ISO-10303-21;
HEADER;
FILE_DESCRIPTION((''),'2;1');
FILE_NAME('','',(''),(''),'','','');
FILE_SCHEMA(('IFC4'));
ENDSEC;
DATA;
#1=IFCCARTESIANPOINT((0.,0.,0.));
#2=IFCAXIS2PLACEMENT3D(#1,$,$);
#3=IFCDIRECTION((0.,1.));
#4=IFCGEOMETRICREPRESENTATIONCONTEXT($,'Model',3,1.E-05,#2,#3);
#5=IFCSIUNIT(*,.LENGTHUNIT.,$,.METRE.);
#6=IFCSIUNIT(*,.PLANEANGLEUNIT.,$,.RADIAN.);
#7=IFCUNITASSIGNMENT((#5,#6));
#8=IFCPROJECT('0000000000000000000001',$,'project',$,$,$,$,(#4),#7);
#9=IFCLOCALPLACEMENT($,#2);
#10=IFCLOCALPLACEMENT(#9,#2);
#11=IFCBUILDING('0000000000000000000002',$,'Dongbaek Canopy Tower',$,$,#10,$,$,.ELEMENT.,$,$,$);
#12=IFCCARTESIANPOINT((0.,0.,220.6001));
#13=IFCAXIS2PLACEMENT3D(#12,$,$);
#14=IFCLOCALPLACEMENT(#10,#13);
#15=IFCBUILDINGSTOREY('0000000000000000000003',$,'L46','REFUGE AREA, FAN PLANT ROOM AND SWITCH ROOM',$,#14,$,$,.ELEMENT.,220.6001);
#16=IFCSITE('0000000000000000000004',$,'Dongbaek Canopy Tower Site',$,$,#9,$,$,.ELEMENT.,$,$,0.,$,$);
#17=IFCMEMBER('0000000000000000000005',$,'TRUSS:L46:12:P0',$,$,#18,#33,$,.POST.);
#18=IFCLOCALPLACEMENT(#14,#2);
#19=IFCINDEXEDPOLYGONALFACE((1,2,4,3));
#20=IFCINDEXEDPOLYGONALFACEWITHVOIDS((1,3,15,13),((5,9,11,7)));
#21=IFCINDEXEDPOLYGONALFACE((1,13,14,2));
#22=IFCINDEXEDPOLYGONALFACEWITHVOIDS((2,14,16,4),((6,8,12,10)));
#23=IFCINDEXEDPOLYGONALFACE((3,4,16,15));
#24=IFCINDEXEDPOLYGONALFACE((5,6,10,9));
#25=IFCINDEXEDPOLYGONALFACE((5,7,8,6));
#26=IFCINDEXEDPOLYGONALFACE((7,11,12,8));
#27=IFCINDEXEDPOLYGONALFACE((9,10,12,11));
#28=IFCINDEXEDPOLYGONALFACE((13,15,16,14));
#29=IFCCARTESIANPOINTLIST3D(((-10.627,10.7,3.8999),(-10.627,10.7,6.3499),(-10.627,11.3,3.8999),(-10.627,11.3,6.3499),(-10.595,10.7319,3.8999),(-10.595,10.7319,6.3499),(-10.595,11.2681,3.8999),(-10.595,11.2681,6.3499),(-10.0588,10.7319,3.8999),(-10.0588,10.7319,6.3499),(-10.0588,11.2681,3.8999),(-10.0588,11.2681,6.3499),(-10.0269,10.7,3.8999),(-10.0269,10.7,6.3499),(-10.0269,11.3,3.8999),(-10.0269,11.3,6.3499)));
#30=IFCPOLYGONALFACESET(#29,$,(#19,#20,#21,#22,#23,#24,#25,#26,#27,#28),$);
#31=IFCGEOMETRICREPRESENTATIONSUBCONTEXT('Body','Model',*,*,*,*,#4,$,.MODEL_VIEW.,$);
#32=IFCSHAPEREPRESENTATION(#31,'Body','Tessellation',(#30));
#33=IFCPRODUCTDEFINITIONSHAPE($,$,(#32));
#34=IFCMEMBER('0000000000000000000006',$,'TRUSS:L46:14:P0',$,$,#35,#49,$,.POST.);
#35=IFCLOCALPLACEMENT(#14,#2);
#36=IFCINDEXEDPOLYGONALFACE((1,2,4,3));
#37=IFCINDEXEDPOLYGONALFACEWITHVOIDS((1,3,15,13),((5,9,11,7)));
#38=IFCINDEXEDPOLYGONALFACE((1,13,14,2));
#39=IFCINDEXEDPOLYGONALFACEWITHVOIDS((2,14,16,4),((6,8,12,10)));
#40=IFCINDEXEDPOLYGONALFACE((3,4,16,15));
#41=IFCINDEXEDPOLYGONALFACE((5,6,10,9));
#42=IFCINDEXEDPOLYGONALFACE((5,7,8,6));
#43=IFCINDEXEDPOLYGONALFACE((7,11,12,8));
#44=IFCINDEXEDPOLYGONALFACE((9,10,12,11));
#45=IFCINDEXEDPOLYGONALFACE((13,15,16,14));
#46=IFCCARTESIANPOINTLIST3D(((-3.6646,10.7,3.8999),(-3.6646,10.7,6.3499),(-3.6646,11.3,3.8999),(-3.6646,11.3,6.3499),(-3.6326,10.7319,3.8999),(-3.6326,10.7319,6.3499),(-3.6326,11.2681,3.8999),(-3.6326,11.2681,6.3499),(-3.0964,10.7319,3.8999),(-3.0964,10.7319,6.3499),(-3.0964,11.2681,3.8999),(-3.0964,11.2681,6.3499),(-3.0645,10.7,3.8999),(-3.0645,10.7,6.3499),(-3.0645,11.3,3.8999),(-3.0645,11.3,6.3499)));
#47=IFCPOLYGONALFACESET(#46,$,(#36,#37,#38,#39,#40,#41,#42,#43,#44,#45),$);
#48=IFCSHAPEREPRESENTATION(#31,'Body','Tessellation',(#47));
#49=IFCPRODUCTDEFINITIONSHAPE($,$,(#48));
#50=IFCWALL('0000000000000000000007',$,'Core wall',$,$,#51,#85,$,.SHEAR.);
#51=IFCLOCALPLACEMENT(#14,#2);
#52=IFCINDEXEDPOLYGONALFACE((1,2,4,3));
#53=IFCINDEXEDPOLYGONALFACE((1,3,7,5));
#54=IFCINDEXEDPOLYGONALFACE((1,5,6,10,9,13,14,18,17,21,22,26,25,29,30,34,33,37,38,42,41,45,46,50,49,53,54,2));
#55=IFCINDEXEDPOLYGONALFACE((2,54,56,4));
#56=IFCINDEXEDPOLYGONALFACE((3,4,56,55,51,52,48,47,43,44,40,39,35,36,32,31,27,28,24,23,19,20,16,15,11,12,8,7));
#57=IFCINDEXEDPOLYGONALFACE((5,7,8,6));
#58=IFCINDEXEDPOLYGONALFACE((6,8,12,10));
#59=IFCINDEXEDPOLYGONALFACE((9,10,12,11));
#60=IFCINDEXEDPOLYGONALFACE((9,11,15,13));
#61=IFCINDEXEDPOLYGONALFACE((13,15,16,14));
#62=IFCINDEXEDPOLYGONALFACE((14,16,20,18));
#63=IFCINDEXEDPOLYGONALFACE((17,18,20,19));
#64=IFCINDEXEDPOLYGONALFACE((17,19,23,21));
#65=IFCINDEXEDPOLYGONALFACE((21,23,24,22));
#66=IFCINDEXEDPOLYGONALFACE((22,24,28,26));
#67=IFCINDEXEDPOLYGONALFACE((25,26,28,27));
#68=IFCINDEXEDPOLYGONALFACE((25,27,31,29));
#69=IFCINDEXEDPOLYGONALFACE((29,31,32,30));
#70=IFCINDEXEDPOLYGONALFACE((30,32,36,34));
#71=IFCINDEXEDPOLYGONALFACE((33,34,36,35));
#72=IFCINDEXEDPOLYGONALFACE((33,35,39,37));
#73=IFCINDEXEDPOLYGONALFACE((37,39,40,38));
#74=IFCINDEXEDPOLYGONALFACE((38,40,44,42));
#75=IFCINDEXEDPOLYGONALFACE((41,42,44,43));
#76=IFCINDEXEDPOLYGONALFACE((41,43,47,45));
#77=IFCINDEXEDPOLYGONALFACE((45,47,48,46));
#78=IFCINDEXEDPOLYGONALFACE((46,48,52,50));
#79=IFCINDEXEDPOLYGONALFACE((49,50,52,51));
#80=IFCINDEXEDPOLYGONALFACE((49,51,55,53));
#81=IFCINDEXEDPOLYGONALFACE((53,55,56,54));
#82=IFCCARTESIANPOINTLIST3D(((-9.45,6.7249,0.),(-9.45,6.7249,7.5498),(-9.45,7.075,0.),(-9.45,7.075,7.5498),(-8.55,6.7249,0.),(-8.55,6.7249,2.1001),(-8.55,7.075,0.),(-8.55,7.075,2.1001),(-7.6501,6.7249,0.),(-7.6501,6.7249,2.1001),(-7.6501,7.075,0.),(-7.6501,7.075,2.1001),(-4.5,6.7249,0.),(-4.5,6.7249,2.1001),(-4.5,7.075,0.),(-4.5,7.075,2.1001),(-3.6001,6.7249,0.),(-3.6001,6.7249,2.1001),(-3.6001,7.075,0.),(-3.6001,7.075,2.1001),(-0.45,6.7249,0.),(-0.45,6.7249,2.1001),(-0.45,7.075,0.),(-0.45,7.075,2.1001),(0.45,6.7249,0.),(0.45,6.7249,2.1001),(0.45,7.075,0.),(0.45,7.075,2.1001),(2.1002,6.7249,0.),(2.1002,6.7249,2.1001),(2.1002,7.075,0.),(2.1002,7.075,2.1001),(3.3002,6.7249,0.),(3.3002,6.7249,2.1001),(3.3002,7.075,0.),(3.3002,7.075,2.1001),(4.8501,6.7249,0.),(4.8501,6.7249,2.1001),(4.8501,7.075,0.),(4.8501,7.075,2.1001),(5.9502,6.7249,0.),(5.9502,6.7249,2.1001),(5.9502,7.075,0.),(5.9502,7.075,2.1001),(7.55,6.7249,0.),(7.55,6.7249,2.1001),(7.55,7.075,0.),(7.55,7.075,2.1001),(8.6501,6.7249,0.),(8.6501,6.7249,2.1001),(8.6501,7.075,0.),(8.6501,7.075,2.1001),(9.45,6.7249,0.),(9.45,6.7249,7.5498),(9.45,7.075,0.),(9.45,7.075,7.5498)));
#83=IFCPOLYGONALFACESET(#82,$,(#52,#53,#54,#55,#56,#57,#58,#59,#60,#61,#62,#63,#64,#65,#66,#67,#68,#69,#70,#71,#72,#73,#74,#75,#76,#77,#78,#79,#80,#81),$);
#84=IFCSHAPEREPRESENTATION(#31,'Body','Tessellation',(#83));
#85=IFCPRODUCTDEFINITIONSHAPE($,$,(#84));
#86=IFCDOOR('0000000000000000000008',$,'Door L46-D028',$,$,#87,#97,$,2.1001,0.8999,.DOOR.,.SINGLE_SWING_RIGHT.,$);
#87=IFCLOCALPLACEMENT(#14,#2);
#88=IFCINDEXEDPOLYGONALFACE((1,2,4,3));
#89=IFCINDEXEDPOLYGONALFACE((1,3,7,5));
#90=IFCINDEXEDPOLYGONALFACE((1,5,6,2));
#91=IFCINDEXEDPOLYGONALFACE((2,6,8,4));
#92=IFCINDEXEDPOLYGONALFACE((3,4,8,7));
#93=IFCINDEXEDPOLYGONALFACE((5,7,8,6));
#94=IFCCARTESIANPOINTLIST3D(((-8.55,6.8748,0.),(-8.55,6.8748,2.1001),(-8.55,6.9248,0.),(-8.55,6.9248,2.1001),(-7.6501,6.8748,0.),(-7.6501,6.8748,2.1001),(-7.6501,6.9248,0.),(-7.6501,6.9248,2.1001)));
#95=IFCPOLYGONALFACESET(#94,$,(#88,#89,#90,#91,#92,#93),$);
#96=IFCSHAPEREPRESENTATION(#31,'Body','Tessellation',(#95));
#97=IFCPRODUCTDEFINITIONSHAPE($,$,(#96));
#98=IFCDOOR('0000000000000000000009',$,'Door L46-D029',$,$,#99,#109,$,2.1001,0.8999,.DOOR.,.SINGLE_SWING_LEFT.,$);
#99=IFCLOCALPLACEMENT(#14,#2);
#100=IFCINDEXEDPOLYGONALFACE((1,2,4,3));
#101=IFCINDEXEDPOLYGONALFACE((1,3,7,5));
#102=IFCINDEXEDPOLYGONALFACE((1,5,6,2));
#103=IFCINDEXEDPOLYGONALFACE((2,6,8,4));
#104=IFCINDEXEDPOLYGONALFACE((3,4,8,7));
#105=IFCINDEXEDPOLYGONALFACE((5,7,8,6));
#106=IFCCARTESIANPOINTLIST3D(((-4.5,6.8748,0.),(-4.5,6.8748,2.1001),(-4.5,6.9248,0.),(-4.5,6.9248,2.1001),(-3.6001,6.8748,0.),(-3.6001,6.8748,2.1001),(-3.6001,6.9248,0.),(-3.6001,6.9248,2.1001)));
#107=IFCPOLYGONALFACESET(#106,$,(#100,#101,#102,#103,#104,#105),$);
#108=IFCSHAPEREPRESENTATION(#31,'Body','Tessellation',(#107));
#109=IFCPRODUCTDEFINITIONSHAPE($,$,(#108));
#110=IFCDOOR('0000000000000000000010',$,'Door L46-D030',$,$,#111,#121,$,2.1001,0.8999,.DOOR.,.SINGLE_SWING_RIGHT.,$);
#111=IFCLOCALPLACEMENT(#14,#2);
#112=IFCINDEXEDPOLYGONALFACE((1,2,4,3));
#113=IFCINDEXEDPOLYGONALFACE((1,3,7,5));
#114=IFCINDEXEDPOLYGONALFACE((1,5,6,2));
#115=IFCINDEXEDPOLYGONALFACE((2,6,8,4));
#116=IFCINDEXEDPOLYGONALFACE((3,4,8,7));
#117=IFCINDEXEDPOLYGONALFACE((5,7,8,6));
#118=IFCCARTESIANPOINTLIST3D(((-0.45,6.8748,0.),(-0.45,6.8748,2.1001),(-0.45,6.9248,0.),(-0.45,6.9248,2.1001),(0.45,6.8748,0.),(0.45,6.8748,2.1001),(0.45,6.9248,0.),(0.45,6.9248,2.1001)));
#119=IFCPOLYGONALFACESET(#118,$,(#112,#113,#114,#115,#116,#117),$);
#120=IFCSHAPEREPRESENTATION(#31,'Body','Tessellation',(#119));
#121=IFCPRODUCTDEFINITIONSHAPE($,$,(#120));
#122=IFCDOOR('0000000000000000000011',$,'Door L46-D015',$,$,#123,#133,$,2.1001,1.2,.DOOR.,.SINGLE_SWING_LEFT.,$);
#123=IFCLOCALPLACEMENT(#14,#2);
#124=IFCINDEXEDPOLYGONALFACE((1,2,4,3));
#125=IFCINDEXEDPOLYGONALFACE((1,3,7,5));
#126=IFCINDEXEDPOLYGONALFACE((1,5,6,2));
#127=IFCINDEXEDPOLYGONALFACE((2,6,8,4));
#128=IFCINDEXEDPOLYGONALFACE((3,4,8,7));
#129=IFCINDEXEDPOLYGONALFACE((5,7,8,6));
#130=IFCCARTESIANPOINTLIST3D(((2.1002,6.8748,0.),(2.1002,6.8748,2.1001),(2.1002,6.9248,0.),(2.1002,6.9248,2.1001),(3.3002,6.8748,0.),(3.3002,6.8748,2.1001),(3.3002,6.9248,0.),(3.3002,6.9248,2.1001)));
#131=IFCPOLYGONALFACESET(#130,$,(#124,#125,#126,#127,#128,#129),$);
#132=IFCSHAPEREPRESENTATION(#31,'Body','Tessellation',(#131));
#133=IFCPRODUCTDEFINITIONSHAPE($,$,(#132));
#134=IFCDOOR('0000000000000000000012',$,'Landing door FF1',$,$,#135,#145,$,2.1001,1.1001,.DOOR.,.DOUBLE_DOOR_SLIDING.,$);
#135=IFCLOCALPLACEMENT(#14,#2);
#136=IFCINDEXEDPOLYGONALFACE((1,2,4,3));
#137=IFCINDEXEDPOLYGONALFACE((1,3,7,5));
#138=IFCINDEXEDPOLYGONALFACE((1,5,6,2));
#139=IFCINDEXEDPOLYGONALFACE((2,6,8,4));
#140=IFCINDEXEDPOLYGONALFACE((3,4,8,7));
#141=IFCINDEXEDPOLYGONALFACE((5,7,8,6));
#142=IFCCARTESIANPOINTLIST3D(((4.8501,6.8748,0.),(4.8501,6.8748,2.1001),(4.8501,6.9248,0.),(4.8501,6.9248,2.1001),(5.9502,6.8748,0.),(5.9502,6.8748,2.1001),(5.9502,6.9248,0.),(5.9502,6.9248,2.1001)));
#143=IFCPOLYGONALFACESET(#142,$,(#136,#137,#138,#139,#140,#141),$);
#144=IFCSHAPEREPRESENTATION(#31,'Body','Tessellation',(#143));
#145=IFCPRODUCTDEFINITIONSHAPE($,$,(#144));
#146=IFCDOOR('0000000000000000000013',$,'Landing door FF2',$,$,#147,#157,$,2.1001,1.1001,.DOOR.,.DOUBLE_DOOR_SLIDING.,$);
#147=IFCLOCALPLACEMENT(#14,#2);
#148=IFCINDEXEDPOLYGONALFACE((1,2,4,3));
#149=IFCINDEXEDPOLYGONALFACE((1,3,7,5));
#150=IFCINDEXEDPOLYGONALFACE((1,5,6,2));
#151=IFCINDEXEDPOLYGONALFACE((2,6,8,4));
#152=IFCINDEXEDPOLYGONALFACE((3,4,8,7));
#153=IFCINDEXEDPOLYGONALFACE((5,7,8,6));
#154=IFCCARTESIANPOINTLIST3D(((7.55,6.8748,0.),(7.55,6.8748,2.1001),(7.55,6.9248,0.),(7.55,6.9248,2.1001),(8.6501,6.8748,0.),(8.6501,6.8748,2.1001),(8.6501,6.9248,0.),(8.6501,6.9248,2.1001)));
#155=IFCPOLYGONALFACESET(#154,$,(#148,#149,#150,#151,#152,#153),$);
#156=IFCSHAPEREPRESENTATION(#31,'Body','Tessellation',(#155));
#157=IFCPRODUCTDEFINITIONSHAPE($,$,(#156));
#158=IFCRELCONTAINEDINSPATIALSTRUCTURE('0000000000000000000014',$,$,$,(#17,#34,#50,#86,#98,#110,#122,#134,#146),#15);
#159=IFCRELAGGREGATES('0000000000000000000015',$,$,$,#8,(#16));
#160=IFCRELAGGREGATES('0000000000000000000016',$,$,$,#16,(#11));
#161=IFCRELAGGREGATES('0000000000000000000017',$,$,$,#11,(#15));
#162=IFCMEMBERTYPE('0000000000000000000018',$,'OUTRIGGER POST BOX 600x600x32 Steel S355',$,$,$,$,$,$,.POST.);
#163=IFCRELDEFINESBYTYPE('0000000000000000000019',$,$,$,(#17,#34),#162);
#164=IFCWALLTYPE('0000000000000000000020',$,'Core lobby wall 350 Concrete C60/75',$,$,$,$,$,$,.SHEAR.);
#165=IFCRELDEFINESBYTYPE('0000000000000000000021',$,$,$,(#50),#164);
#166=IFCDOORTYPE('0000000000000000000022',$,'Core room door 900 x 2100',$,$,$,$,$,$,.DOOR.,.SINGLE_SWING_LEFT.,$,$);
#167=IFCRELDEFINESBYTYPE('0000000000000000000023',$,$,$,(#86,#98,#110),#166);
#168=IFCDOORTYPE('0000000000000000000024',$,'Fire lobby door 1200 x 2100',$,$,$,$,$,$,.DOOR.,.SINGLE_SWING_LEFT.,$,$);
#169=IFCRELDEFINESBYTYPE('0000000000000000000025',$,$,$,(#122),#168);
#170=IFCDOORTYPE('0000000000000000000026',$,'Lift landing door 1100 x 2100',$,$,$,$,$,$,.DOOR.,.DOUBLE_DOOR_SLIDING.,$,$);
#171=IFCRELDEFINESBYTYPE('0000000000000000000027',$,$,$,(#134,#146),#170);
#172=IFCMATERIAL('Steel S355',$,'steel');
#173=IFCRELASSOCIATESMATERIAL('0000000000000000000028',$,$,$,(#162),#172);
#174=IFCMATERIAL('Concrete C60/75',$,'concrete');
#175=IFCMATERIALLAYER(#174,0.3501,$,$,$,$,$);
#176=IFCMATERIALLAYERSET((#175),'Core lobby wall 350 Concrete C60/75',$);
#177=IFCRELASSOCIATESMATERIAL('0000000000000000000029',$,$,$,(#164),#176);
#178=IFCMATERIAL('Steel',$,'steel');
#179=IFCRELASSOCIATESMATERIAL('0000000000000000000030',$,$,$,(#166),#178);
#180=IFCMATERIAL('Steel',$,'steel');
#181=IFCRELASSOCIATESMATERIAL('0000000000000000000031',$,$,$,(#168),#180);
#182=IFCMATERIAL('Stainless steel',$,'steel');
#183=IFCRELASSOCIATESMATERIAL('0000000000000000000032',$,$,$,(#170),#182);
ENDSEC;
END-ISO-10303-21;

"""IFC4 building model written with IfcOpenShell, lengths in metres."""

from ifc_helpers import new_model, si_unit, direction, frame, frame_2d, origin, origin_2d, place, context, subcontext, project, spatial, rectangle, hollow_rectangle, extrude, material, layer, layer_set, material_profile, profile_set, type_object, element, fill, save


model = new_model("IFC4")

# Units and contexts
model_context = context("Model", 3, precision=1e-05, world=origin(), true_north=direction((0.0, 1.0)))
body_context = subcontext(model_context, "Body", "Model", "MODEL_VIEW")
ifc_project = project(units=[si_unit("LENGTHUNIT", "METRE"), si_unit("PLANEANGLEUNIT", "RADIAN")], contexts=[model_context])

# Site, building, storey
site_placement = place(None, origin())
site = spatial("IfcSite", under=ifc_project, at=site_placement, Name="Dongbaek Canopy Tower Site", CompositionType="ELEMENT", RefElevation=0.0)
building_placement = place(site_placement, origin())
building = spatial("IfcBuilding", under=site, at=building_placement, Name="Dongbaek Canopy Tower", CompositionType="ELEMENT")
storey_placement = place(building_placement, frame((0.0, 0.0, 220.6001)))
storey = spatial("IfcBuildingStorey", under=building, at=storey_placement, Name="L46", Description="REFUGE AREA, FAN PLANT ROOM AND SWITCH ROOM", CompositionType="ELEMENT", Elevation=220.6001)

# Members
ifc_material_1 = material(Name="Steel S355", Category="steel")
ifc_material_profile_1 = material_profile(ifc_material_1, hollow_rectangle(XDim=0.6001, YDim=0.6001, WallThickness=0.032, at=origin_2d()), Name="OUTRIGGER POST BOX 600x600x32 Steel S355")
ifc_profile_set_1 = profile_set([ifc_material_profile_1], Name="Steel S355")
member_type_1 = type_object("IfcMemberType", Name="OUTRIGGER POST BOX 600x600x32 Steel S355", PredefinedType="POST", material=ifc_profile_set_1)
for number, where, z_axis, x_axis, name in (
    (1, (-10.3269, 11.0, 3.8999), (0.0, 0.0, 1.0), (1.0, 0.0, 0.0), "TRUSS:L46:12:P0"),
    (2, (-3.3645, 11.0, 3.8999), (0.0, 0.0, 1.0), (1.0, 0.0, 0.0), "TRUSS:L46:14:P0"),
):
    element("IfcMember", number, at=place(storey_placement, frame(where, z_axis=z_axis, x_axis=x_axis)), inside=storey, type_object=member_type_1, Name=name, PredefinedType="POST", context=body_context, shape_type="SweptSolid", body=[
        extrude(hollow_rectangle(XDim=0.6001, YDim=0.6001, WallThickness=0.032, at=origin_2d()), origin(), (0.0, 0.0, 1.0), 2.45),
    ])

# Wall, openings, doors
ifc_material_2 = material(Name="Concrete C60/75", Category="concrete")
ifc_layer_1 = layer(ifc_material_2, 0.3501)
ifc_layer_set_1 = layer_set([ifc_layer_1], Name="Core lobby wall 350 Concrete C60/75")
wall_type_1 = type_object("IfcWallType", Name="Core lobby wall 350 Concrete C60/75", PredefinedType="SHEAR", material=ifc_layer_set_1)
wall_1_placement = place(storey_placement, frame((-9.45, 6.8999, 0.0), z_axis=(0.0, 0.0, 1.0), x_axis=(1.0, 0.0, 0.0)))
wall_1 = element("IfcWall", 3, at=wall_1_placement, inside=storey, type_object=wall_type_1, Name="Core wall", PredefinedType="SHEAR", context=body_context, shape_type="SweptSolid", body=[
    extrude(rectangle(XDim=18.8999, YDim=0.3501, at=frame_2d((9.45, 0.0))), origin(), (0.0, 0.0, 1.0), 7.5498),
])
opening_1_placement = place(wall_1_placement, frame((11.55, 0.0, 0.0)))
opening_1 = element("IfcOpeningElement", 4, at=opening_1_placement, cuts=wall_1, PredefinedType="OPENING", context=body_context, shape_type="SweptSolid", body=[
    extrude(rectangle(XDim=1.2, YDim=2.1001, at=frame_2d((0.6001, 1.05))), frame((0.0, 0.1851, 0.0), z_axis=(0.0, -1.0, 0.0), x_axis=(1.0, 0.0, 0.0)), (0.0, 0.0, 1.0), 0.3701),
])
opening_2_placement = place(wall_1_placement, frame((14.3, 0.0, 0.0)))
opening_2 = element("IfcOpeningElement", 5, at=opening_2_placement, cuts=wall_1, PredefinedType="OPENING", context=body_context, shape_type="SweptSolid", body=[
    extrude(rectangle(XDim=1.1001, YDim=2.1001, at=frame_2d((0.55, 1.05))), frame((0.0, 0.1851, 0.0), z_axis=(0.0, -1.0, 0.0), x_axis=(1.0, 0.0, 0.0)), (0.0, 0.0, 1.0), 0.3701),
])
opening_3_placement = place(wall_1_placement, frame((17.0, 0.0, 0.0)))
opening_3 = element("IfcOpeningElement", 6, at=opening_3_placement, cuts=wall_1, PredefinedType="OPENING", context=body_context, shape_type="SweptSolid", body=[
    extrude(rectangle(XDim=1.1001, YDim=2.1001, at=frame_2d((0.55, 1.05))), frame((0.0, 0.1851, 0.0), z_axis=(0.0, -1.0, 0.0), x_axis=(1.0, 0.0, 0.0)), (0.0, 0.0, 1.0), 0.3701),
])
opening_4_placement = place(wall_1_placement, frame((0.8999, 0.0, 0.0)))
opening_4 = element("IfcOpeningElement", 7, at=opening_4_placement, cuts=wall_1, PredefinedType="OPENING", context=body_context, shape_type="SweptSolid", body=[
    extrude(rectangle(XDim=0.8999, YDim=2.1001, at=frame_2d((0.45, 1.05))), frame((0.0, 0.1851, 0.0), z_axis=(0.0, -1.0, 0.0), x_axis=(1.0, 0.0, 0.0)), (0.0, 0.0, 1.0), 0.3701),
])
opening_5_placement = place(wall_1_placement, frame((4.95, 0.0, 0.0)))
opening_5 = element("IfcOpeningElement", 8, at=opening_5_placement, cuts=wall_1, PredefinedType="OPENING", context=body_context, shape_type="SweptSolid", body=[
    extrude(rectangle(XDim=0.8999, YDim=2.1001, at=frame_2d((0.45, 1.05))), frame((0.0, 0.1851, 0.0), z_axis=(0.0, -1.0, 0.0), x_axis=(1.0, 0.0, 0.0)), (0.0, 0.0, 1.0), 0.3701),
])
opening_6_placement = place(wall_1_placement, frame((9.0, 0.0, 0.0)))
opening_6 = element("IfcOpeningElement", 9, at=opening_6_placement, cuts=wall_1, PredefinedType="OPENING", context=body_context, shape_type="SweptSolid", body=[
    extrude(rectangle(XDim=0.8999, YDim=2.1001, at=frame_2d((0.45, 1.05))), frame((0.0, 0.1851, 0.0), z_axis=(0.0, -1.0, 0.0), x_axis=(1.0, 0.0, 0.0)), (0.0, 0.0, 1.0), 0.3701),
])
ifc_material_3 = material(Name="Steel", Category="steel")
door_type_1 = type_object("IfcDoorType", Name="Core room door 900 x 2100", OperationType="SINGLE_SWING_LEFT", PredefinedType="DOOR", material=ifc_material_3)
door_1_placement = place(opening_4_placement, origin())
door_1 = element("IfcDoor", 10, at=door_1_placement, inside=storey, type_object=door_type_1, Name="Door L46-D028", OperationType="SINGLE_SWING_RIGHT", OverallHeight=2.1001, OverallWidth=0.8999, PredefinedType="DOOR", context=body_context, shape_type="SweptSolid", body=[
    extrude(rectangle(XDim=0.8999, YDim=2.1001, at=frame_2d((0.45, 1.05))), frame((0.0, 0.0249, 0.0), z_axis=(0.0, -1.0, 0.0), x_axis=(1.0, 0.0, 0.0)), (0.0, 0.0, 1.0), 0.05),
])
fill(opening_4, door_1)
door_2_placement = place(opening_5_placement, origin())
door_2 = element("IfcDoor", 11, at=door_2_placement, inside=storey, type_object=door_type_1, Name="Door L46-D029", OperationType="SINGLE_SWING_LEFT", OverallHeight=2.1001, OverallWidth=0.8999, PredefinedType="DOOR", context=body_context, shape_type="SweptSolid", body=[
    extrude(rectangle(XDim=0.8999, YDim=2.1001, at=frame_2d((0.45, 1.05))), frame((0.0, 0.0249, 0.0), z_axis=(0.0, -1.0, 0.0), x_axis=(1.0, 0.0, 0.0)), (0.0, 0.0, 1.0), 0.05),
])
fill(opening_5, door_2)
door_3_placement = place(opening_6_placement, origin())
door_3 = element("IfcDoor", 12, at=door_3_placement, inside=storey, type_object=door_type_1, Name="Door L46-D030", OperationType="SINGLE_SWING_RIGHT", OverallHeight=2.1001, OverallWidth=0.8999, PredefinedType="DOOR", context=body_context, shape_type="SweptSolid", body=[
    extrude(rectangle(XDim=0.8999, YDim=2.1001, at=frame_2d((0.45, 1.05))), frame((0.0, 0.0249, 0.0), z_axis=(0.0, -1.0, 0.0), x_axis=(1.0, 0.0, 0.0)), (0.0, 0.0, 1.0), 0.05),
])
fill(opening_6, door_3)
ifc_material_4 = material(Name="Steel", Category="steel")
door_type_2 = type_object("IfcDoorType", Name="Fire lobby door 1200 x 2100", OperationType="SINGLE_SWING_LEFT", PredefinedType="DOOR", material=ifc_material_4)
door_4_placement = place(opening_1_placement, origin())
door_4 = element("IfcDoor", 13, at=door_4_placement, inside=storey, type_object=door_type_2, Name="Door L46-D015", OperationType="SINGLE_SWING_LEFT", OverallHeight=2.1001, OverallWidth=1.2, PredefinedType="DOOR", context=body_context, shape_type="SweptSolid", body=[
    extrude(rectangle(XDim=1.2, YDim=2.1001, at=frame_2d((0.6001, 1.05))), frame((0.0, 0.0249, 0.0), z_axis=(0.0, -1.0, 0.0), x_axis=(1.0, 0.0, 0.0)), (0.0, 0.0, 1.0), 0.05),
])
fill(opening_1, door_4)
ifc_material_5 = material(Name="Stainless steel", Category="steel")
door_type_3 = type_object("IfcDoorType", Name="Lift landing door 1100 x 2100", OperationType="DOUBLE_DOOR_SLIDING", PredefinedType="DOOR", material=ifc_material_5)
door_5_placement = place(opening_2_placement, origin())
door_5 = element("IfcDoor", 14, at=door_5_placement, inside=storey, type_object=door_type_3, Name="Landing door FF1", OperationType="DOUBLE_DOOR_SLIDING", OverallHeight=2.1001, OverallWidth=1.1001, PredefinedType="DOOR", context=body_context, shape_type="SweptSolid", body=[
    extrude(rectangle(XDim=1.1001, YDim=2.1001, at=frame_2d((0.55, 1.05))), frame((0.0, 0.0249, 0.0), z_axis=(0.0, -1.0, 0.0), x_axis=(1.0, 0.0, 0.0)), (0.0, 0.0, 1.0), 0.05),
])
fill(opening_2, door_5)
door_6_placement = place(opening_3_placement, origin())
door_6 = element("IfcDoor", 15, at=door_6_placement, inside=storey, type_object=door_type_3, Name="Landing door FF2", OperationType="DOUBLE_DOOR_SLIDING", OverallHeight=2.1001, OverallWidth=1.1001, PredefinedType="DOOR", context=body_context, shape_type="SweptSolid", body=[
    extrude(rectangle(XDim=1.1001, YDim=2.1001, at=frame_2d((0.55, 1.05))), frame((0.0, 0.0249, 0.0), z_axis=(0.0, -1.0, 0.0), x_axis=(1.0, 0.0, 0.0)), (0.0, 0.0, 1.0), 0.05),
])
fill(opening_3, door_6)

save(model, "model.ifc")
